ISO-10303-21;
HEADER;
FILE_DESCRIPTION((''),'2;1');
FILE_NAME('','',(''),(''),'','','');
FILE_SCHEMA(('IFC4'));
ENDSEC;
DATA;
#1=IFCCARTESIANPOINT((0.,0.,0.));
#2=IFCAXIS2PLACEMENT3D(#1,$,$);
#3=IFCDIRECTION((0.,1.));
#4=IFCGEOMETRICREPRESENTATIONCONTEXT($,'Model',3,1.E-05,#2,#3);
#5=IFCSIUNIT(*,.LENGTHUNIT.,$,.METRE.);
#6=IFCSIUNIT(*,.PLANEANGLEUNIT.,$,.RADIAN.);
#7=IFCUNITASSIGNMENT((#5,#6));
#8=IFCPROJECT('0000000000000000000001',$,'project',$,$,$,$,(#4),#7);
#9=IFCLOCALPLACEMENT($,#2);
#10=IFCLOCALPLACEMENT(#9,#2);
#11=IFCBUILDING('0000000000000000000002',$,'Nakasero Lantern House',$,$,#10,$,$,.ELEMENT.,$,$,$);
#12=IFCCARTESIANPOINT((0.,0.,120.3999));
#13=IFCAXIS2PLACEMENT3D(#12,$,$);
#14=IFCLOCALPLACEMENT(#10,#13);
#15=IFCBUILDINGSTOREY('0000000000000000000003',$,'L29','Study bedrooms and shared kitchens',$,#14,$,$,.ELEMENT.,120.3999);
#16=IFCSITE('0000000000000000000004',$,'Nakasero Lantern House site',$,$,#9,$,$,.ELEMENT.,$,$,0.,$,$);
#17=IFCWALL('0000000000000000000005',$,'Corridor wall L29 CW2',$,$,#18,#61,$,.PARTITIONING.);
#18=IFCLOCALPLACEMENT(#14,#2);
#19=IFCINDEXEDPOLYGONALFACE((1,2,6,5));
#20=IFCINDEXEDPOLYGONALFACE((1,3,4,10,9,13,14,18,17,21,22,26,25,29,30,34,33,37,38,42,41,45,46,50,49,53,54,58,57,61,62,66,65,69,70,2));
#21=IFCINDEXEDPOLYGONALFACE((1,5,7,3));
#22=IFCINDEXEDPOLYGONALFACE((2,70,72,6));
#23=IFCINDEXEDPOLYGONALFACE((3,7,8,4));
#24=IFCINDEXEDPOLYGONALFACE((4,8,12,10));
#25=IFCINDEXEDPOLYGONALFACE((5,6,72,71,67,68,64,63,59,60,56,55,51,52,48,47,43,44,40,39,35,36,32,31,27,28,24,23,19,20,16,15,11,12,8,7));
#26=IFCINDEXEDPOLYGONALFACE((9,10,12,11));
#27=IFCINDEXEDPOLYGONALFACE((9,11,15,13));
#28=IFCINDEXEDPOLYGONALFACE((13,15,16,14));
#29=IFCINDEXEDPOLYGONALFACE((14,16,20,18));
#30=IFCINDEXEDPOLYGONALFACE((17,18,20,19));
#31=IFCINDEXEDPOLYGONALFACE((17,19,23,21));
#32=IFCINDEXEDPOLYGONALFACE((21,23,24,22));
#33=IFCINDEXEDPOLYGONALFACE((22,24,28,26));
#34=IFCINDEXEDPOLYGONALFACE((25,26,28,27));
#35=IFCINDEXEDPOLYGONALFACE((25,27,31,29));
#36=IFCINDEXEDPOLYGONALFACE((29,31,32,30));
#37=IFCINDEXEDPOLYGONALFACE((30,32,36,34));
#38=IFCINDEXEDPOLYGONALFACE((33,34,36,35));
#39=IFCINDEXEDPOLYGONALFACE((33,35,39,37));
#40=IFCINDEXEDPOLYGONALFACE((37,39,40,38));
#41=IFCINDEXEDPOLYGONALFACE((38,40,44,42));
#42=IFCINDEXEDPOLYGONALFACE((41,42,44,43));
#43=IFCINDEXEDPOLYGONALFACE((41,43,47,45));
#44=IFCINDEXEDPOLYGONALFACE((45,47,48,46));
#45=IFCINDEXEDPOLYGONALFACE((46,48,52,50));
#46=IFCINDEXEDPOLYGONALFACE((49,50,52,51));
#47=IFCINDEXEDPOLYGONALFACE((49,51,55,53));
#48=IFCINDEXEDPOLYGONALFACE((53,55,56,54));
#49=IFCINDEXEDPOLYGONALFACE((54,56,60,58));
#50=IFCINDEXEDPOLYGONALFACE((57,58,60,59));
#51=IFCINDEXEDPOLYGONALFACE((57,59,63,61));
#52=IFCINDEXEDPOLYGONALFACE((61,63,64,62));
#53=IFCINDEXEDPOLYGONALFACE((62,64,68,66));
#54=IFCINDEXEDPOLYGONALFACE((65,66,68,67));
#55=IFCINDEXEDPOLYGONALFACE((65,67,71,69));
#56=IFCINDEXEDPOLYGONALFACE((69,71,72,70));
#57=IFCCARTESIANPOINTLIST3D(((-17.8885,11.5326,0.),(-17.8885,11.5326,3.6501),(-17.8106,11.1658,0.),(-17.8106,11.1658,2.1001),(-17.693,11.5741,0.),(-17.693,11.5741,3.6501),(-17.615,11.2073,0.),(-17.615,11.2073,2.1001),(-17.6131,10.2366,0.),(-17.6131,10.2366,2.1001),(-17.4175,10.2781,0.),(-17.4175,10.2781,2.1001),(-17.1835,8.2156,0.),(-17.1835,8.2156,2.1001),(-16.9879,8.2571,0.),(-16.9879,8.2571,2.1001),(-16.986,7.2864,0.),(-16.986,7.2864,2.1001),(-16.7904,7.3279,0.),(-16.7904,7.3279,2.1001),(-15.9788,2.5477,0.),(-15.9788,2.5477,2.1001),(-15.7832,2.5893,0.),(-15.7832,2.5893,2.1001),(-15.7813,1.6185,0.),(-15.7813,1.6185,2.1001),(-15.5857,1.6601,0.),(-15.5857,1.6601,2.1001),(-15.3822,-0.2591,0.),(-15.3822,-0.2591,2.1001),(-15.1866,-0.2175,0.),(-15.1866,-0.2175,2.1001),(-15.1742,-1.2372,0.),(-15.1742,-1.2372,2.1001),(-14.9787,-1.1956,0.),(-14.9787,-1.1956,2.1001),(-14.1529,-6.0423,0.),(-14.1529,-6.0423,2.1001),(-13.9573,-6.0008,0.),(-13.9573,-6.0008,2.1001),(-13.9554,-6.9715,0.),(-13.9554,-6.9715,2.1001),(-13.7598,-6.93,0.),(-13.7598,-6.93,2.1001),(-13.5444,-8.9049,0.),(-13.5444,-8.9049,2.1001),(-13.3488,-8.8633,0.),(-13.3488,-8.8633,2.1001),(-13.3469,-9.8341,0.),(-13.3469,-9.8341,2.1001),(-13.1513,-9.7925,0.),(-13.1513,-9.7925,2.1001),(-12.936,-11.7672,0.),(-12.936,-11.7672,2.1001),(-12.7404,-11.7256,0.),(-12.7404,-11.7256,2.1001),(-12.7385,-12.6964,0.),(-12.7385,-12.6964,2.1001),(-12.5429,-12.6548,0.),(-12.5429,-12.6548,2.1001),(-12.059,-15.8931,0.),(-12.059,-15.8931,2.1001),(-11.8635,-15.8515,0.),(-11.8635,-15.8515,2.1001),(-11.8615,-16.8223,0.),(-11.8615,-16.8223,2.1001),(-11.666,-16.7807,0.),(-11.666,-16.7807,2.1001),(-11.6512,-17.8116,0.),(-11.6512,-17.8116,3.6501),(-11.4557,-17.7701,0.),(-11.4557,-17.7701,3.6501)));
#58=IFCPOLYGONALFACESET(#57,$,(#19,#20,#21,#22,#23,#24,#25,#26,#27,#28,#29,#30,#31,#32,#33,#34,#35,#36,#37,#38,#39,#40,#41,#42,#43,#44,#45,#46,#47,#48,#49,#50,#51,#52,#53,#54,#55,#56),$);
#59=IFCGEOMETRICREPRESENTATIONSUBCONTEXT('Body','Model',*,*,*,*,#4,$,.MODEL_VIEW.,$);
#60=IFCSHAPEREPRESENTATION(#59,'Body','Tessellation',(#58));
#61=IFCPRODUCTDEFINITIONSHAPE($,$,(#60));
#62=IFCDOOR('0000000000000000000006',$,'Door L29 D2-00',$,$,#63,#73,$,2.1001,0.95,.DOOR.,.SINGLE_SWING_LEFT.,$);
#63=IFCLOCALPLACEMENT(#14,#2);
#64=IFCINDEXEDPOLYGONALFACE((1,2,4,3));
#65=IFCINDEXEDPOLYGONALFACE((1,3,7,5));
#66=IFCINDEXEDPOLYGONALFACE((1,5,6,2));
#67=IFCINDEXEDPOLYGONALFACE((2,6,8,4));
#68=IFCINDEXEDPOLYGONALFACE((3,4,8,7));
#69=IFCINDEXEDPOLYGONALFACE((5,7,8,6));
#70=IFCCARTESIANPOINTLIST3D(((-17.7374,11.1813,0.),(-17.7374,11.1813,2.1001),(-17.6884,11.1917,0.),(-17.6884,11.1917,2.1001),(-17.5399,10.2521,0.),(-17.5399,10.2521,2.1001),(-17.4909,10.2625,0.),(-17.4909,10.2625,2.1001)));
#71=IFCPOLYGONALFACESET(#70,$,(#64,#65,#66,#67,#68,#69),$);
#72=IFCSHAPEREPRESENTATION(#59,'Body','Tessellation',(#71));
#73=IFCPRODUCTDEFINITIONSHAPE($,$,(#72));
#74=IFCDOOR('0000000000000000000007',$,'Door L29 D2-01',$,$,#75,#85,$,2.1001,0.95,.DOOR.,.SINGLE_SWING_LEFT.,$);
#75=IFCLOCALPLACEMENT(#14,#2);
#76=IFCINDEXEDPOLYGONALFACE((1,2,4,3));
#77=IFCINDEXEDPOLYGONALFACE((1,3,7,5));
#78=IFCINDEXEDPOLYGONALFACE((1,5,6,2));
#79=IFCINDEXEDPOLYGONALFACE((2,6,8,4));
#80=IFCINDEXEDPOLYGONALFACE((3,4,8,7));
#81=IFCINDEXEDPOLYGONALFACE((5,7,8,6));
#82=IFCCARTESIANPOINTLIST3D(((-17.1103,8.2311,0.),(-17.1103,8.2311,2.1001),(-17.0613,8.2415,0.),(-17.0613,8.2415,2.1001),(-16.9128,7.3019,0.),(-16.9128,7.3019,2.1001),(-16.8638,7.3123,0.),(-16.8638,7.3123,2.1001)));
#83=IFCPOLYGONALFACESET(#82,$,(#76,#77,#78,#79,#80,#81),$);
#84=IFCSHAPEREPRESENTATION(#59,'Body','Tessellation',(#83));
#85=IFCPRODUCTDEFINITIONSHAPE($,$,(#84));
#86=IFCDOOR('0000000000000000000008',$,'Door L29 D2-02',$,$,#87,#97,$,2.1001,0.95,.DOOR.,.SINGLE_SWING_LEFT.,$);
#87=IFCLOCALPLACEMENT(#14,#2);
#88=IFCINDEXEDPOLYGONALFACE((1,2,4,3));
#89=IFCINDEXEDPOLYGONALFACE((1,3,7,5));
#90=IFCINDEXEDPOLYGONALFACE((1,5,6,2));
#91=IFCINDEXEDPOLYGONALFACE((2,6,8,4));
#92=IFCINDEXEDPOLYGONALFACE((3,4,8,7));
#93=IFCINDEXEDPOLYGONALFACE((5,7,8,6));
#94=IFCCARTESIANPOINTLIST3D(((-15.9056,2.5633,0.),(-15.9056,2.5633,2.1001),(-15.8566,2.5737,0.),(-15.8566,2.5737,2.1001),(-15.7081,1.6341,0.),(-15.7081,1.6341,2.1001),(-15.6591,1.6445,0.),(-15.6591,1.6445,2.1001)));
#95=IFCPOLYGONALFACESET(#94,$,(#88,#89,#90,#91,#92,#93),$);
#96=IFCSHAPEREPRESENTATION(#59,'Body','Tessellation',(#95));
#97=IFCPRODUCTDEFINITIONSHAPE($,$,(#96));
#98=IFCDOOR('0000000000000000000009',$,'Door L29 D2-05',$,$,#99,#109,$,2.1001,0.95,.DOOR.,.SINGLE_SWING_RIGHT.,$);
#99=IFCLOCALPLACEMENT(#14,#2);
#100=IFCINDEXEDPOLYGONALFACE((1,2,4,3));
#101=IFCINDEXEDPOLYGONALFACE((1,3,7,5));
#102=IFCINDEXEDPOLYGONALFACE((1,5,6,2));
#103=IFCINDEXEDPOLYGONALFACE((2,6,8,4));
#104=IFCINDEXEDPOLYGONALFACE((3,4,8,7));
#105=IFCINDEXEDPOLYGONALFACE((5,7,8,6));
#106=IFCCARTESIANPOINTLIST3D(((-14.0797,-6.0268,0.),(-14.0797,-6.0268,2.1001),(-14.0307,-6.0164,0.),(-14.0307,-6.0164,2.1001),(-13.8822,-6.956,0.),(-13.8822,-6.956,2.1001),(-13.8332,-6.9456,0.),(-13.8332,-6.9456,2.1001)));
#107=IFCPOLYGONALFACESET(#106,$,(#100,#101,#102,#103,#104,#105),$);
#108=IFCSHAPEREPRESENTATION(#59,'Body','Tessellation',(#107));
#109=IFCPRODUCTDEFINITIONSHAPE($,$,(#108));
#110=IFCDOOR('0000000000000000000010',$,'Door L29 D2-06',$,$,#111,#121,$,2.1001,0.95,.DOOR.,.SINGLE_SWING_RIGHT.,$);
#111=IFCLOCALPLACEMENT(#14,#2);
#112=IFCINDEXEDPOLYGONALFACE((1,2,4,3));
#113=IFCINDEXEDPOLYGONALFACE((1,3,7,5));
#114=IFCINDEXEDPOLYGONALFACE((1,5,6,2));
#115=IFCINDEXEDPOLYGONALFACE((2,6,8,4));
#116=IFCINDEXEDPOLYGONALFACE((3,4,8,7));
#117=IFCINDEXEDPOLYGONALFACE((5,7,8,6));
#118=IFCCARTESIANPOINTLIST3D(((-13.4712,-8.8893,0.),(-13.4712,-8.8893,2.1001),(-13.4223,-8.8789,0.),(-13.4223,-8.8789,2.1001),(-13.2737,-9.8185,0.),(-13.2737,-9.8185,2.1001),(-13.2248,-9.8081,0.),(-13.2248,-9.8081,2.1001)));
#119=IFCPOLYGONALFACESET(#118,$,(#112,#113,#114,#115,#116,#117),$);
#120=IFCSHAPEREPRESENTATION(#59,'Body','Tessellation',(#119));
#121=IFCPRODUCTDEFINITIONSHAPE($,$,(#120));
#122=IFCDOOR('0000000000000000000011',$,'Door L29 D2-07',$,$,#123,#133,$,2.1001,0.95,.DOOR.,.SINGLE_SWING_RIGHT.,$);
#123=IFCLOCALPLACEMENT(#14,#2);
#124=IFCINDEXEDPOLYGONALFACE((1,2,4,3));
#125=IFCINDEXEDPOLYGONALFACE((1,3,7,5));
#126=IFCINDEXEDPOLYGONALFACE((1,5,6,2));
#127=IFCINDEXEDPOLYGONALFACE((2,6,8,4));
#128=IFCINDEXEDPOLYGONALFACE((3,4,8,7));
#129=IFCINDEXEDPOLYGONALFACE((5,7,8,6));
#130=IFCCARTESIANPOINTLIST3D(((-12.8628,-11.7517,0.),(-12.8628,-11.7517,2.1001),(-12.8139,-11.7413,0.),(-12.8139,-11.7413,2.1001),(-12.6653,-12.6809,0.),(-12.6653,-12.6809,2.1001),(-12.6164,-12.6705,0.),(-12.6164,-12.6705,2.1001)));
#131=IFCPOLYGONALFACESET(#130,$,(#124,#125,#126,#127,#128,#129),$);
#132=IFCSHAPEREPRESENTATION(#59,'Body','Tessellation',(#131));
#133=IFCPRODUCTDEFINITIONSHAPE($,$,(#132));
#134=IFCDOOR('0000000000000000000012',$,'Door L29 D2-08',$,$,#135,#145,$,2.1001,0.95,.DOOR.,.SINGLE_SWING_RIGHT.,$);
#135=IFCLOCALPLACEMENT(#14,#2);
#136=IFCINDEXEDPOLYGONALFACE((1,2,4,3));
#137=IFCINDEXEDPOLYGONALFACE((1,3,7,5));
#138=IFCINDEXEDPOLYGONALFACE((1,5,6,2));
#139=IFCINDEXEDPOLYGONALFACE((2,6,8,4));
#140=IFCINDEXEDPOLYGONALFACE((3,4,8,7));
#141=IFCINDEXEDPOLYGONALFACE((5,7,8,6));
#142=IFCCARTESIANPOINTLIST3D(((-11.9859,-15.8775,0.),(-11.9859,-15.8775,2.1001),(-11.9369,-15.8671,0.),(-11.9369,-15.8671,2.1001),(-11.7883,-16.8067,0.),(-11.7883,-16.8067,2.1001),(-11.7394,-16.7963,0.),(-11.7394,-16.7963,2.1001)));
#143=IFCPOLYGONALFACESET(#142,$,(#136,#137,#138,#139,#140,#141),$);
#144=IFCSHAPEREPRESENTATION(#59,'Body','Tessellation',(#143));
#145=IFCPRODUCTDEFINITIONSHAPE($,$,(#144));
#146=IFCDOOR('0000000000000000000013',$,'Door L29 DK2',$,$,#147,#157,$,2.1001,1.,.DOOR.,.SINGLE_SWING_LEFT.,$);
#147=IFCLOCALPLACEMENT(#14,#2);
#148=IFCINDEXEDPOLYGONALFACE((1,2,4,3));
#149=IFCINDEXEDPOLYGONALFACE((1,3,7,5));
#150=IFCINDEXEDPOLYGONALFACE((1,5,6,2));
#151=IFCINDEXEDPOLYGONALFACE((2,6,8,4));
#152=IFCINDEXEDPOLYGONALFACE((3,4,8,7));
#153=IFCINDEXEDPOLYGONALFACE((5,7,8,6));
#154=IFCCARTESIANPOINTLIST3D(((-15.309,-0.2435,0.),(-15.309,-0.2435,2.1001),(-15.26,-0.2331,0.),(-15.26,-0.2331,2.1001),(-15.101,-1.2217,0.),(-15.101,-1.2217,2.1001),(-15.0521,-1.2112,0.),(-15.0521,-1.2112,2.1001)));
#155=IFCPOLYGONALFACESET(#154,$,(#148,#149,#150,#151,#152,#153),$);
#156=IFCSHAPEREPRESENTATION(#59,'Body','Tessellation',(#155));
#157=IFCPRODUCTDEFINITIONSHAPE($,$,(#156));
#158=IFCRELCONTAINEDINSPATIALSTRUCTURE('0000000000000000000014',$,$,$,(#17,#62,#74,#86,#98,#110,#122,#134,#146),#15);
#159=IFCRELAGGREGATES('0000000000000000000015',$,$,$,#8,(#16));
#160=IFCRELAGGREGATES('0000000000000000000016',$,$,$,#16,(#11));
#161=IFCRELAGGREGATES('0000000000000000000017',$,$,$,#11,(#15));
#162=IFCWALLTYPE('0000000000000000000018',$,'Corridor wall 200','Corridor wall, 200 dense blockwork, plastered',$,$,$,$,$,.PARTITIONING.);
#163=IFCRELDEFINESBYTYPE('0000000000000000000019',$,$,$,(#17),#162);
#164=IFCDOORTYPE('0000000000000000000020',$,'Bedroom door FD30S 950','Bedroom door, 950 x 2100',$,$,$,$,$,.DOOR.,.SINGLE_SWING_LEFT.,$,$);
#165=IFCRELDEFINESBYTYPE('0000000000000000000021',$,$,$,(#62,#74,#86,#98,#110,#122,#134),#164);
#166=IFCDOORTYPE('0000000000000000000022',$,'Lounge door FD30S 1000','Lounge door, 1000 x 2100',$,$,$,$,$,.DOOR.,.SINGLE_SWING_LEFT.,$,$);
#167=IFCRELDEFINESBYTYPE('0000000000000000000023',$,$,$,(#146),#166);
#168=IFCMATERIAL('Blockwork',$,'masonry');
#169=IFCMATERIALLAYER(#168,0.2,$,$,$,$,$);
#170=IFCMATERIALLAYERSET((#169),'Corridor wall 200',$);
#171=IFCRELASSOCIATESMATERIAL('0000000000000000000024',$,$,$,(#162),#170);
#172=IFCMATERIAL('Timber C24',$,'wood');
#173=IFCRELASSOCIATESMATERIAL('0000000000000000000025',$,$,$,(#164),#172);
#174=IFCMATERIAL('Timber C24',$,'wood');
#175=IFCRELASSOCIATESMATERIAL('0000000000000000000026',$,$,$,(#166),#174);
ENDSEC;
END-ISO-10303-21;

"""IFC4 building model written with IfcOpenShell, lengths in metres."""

from ifc_helpers import new_model, si_unit, direction, frame, frame_2d, origin, place, context, subcontext, project, spatial, rectangle, extrude, material, layer, layer_set, type_object, element, fill, save


model = new_model("IFC4")

# Units and contexts
model_context = context("Model", 3, precision=1e-05, world=origin(), true_north=direction((0.0, 1.0)))
body_context = subcontext(model_context, "Body", "Model", "MODEL_VIEW")
ifc_project = project(units=[si_unit("LENGTHUNIT", "METRE"), si_unit("PLANEANGLEUNIT", "RADIAN")], contexts=[model_context])

# Site, building, storey
site_placement = place(None, origin())
site = spatial("IfcSite", under=ifc_project, at=site_placement, Name="Nakasero Lantern House site", CompositionType="ELEMENT", RefElevation=0.0)
building_placement = place(site_placement, origin())
building = spatial("IfcBuilding", under=site, at=building_placement, Name="Nakasero Lantern House", CompositionType="ELEMENT")
storey_placement = place(building_placement, frame((0.0, 0.0, 120.3999)))
storey = spatial("IfcBuildingStorey", under=building, at=storey_placement, Name="L29", Description="Study bedrooms and shared kitchens", CompositionType="ELEMENT", Elevation=120.3999)

# Wall, openings, doors
ifc_material_1 = material(Name="Blockwork", Category="masonry")
ifc_layer_1 = layer(ifc_material_1, 0.2)
ifc_layer_set_1 = layer_set([ifc_layer_1], Name="Corridor wall 200")
wall_type_1 = type_object("IfcWallType", Name="Corridor wall 200", Description="Corridor wall, 200 dense blockwork, plastered", PredefinedType="PARTITIONING", material=ifc_layer_set_1)
wall_1_placement = place(storey_placement, frame((-17.7908, 11.5535, 0.0), z_axis=(0.0, 0.0, 1.0), x_axis=(0.207912, -0.978148, 0.0)))
wall_1 = element("IfcWall", 1, at=wall_1_placement, inside=storey, type_object=wall_type_1, Name="Corridor wall L29 CW2", PredefinedType="PARTITIONING", context=body_context, shape_type="SweptSolid", body=[
    extrude(rectangle(XDim=29.9998, YDim=0.2, at=frame_2d((15.0, 0.0))), origin(), (0.0, 0.0, 1.0), 3.6501),
])
opening_1_placement = place(wall_1_placement, frame((0.375, 0.0, 0.0)))
opening_1 = element("IfcOpeningElement", 2, at=opening_1_placement, cuts=wall_1, PredefinedType="OPENING", context=body_context, shape_type="SweptSolid", body=[
    extrude(rectangle(XDim=0.95, YDim=2.1001, at=frame_2d((0.4751, 1.05))), frame((0.0, 0.1199, 0.0), z_axis=(0.0, -1.0, 0.0), x_axis=(1.0, 0.0, 0.0)), (0.0, 0.0, 1.0), 0.24),
])
opening_2_placement = place(wall_1_placement, frame((3.3911, 0.0, 0.0)))
opening_2 = element("IfcOpeningElement", 3, at=opening_2_placement, cuts=wall_1, PredefinedType="OPENING", context=body_context, shape_type="SweptSolid", body=[
    extrude(rectangle(XDim=0.95, YDim=2.1001, at=frame_2d((0.4751, 1.05))), frame((0.0, 0.1199, 0.0), z_axis=(0.0, -1.0, 0.0), x_axis=(1.0, 0.0, 0.0)), (0.0, 0.0, 1.0), 0.24),
])
opening_3_placement = place(wall_1_placement, frame((9.1855, 0.0, 0.0)))
opening_3 = element("IfcOpeningElement", 4, at=opening_3_placement, cuts=wall_1, PredefinedType="OPENING", context=body_context, shape_type="SweptSolid", body=[
    extrude(rectangle(XDim=0.95, YDim=2.1001, at=frame_2d((0.4751, 1.05))), frame((0.0, 0.1199, 0.0), z_axis=(0.0, -1.0, 0.0), x_axis=(1.0, 0.0, 0.0)), (0.0, 0.0, 1.0), 0.24),
])
opening_4_placement = place(wall_1_placement, frame((17.9675, 0.0, 0.0)))
opening_4 = element("IfcOpeningElement", 5, at=opening_4_placement, cuts=wall_1, PredefinedType="OPENING", context=body_context, shape_type="SweptSolid", body=[
    extrude(rectangle(XDim=0.95, YDim=2.1001, at=frame_2d((0.4751, 1.05))), frame((0.0, 0.1199, 0.0), z_axis=(0.0, -1.0, 0.0), x_axis=(1.0, 0.0, 0.0)), (0.0, 0.0, 1.0), 0.24),
])
opening_5_placement = place(wall_1_placement, frame((20.894, 0.0, 0.0)))
opening_5 = element("IfcOpeningElement", 6, at=opening_5_placement, cuts=wall_1, PredefinedType="OPENING", context=body_context, shape_type="SweptSolid", body=[
    extrude(rectangle(XDim=0.95, YDim=2.1001, at=frame_2d((0.4751, 1.05))), frame((0.0, 0.1199, 0.0), z_axis=(0.0, -1.0, 0.0), x_axis=(1.0, 0.0, 0.0)), (0.0, 0.0, 1.0), 0.24),
])
opening_6_placement = place(wall_1_placement, frame((23.8203, 0.0, 0.0)))
opening_6 = element("IfcOpeningElement", 7, at=opening_6_placement, cuts=wall_1, PredefinedType="OPENING", context=body_context, shape_type="SweptSolid", body=[
    extrude(rectangle(XDim=0.95, YDim=2.1001, at=frame_2d((0.4751, 1.05))), frame((0.0, 0.1199, 0.0), z_axis=(0.0, -1.0, 0.0), x_axis=(1.0, 0.0, 0.0)), (0.0, 0.0, 1.0), 0.24),
])
opening_7_placement = place(wall_1_placement, frame((28.0383, 0.0, 0.0)))
opening_7 = element("IfcOpeningElement", 8, at=opening_7_placement, cuts=wall_1, PredefinedType="OPENING", context=body_context, shape_type="SweptSolid", body=[
    extrude(rectangle(XDim=0.95, YDim=2.1001, at=frame_2d((0.4751, 1.05))), frame((0.0, 0.1199, 0.0), z_axis=(0.0, -1.0, 0.0), x_axis=(1.0, 0.0, 0.0)), (0.0, 0.0, 1.0), 0.24),
])
opening_8_placement = place(wall_1_placement, frame((12.0552, 0.0, 0.0)))
opening_8 = element("IfcOpeningElement", 9, at=opening_8_placement, cuts=wall_1, PredefinedType="OPENING", context=body_context, shape_type="SweptSolid", body=[
    extrude(rectangle(XDim=1.0, YDim=2.1001, at=frame_2d((0.5, 1.05))), frame((0.0, 0.1199, 0.0), z_axis=(0.0, -1.0, 0.0), x_axis=(1.0, 0.0, 0.0)), (0.0, 0.0, 1.0), 0.24),
])
ifc_material_2 = material(Name="Timber C24", Category="wood")
door_type_1 = type_object("IfcDoorType", Name="Bedroom door FD30S 950", Description="Bedroom door, 950 x 2100", OperationType="SINGLE_SWING_LEFT", PredefinedType="DOOR", material=ifc_material_2)
door_1_placement = place(opening_1_placement, origin())
door_1 = element("IfcDoor", 10, at=door_1_placement, inside=storey, type_object=door_type_1, Name="Door L29 D2-00", OperationType="SINGLE_SWING_LEFT", OverallHeight=2.1001, OverallWidth=0.95, PredefinedType="DOOR", context=body_context, shape_type="SweptSolid", body=[
    extrude(rectangle(XDim=0.95, YDim=2.1001, at=frame_2d((0.4751, 1.05))), frame((0.0, 0.0249, 0.0), z_axis=(0.0, -1.0, 0.0), x_axis=(1.0, 0.0, 0.0)), (0.0, 0.0, 1.0), 0.05),
])
fill(opening_1, door_1)
door_2_placement = place(opening_2_placement, origin())
door_2 = element("IfcDoor", 11, at=door_2_placement, inside=storey, type_object=door_type_1, Name="Door L29 D2-01", OperationType="SINGLE_SWING_LEFT", OverallHeight=2.1001, OverallWidth=0.95, PredefinedType="DOOR", context=body_context, shape_type="SweptSolid", body=[
    extrude(rectangle(XDim=0.95, YDim=2.1001, at=frame_2d((0.4751, 1.05))), frame((0.0, 0.0249, 0.0), z_axis=(0.0, -1.0, 0.0), x_axis=(1.0, 0.0, 0.0)), (0.0, 0.0, 1.0), 0.05),
])
fill(opening_2, door_2)
door_3_placement = place(opening_3_placement, origin())
door_3 = element("IfcDoor", 12, at=door_3_placement, inside=storey, type_object=door_type_1, Name="Door L29 D2-02", OperationType="SINGLE_SWING_LEFT", OverallHeight=2.1001, OverallWidth=0.95, PredefinedType="DOOR", context=body_context, shape_type="SweptSolid", body=[
    extrude(rectangle(XDim=0.95, YDim=2.1001, at=frame_2d((0.4751, 1.05))), frame((0.0, 0.0249, 0.0), z_axis=(0.0, -1.0, 0.0), x_axis=(1.0, 0.0, 0.0)), (0.0, 0.0, 1.0), 0.05),
])
fill(opening_3, door_3)
door_4_placement = place(opening_4_placement, origin())
door_4 = element("IfcDoor", 13, at=door_4_placement, inside=storey, type_object=door_type_1, Name="Door L29 D2-05", OperationType="SINGLE_SWING_RIGHT", OverallHeight=2.1001, OverallWidth=0.95, PredefinedType="DOOR", context=body_context, shape_type="SweptSolid", body=[
    extrude(rectangle(XDim=0.95, YDim=2.1001, at=frame_2d((0.4751, 1.05))), frame((0.0, 0.0249, 0.0), z_axis=(0.0, -1.0, 0.0), x_axis=(1.0, 0.0, 0.0)), (0.0, 0.0, 1.0), 0.05),
])
fill(opening_4, door_4)
door_5_placement = place(opening_5_placement, origin())
door_5 = element("IfcDoor", 14, at=door_5_placement, inside=storey, type_object=door_type_1, Name="Door L29 D2-06", OperationType="SINGLE_SWING_RIGHT", OverallHeight=2.1001, OverallWidth=0.95, PredefinedType="DOOR", context=body_context, shape_type="SweptSolid", body=[
    extrude(rectangle(XDim=0.95, YDim=2.1001, at=frame_2d((0.4751, 1.05))), frame((0.0, 0.0249, 0.0), z_axis=(0.0, -1.0, 0.0), x_axis=(1.0, 0.0, 0.0)), (0.0, 0.0, 1.0), 0.05),
])
fill(opening_5, door_5)
door_6_placement = place(opening_6_placement, origin())
door_6 = element("IfcDoor", 15, at=door_6_placement, inside=storey, type_object=door_type_1, Name="Door L29 D2-07", OperationType="SINGLE_SWING_RIGHT", OverallHeight=2.1001, OverallWidth=0.95, PredefinedType="DOOR", context=body_context, shape_type="SweptSolid", body=[
    extrude(rectangle(XDim=0.95, YDim=2.1001, at=frame_2d((0.4751, 1.05))), frame((0.0, 0.0249, 0.0), z_axis=(0.0, -1.0, 0.0), x_axis=(1.0, 0.0, 0.0)), (0.0, 0.0, 1.0), 0.05),
])
fill(opening_6, door_6)
door_7_placement = place(opening_7_placement, origin())
door_7 = element("IfcDoor", 16, at=door_7_placement, inside=storey, type_object=door_type_1, Name="Door L29 D2-08", OperationType="SINGLE_SWING_RIGHT", OverallHeight=2.1001, OverallWidth=0.95, PredefinedType="DOOR", context=body_context, shape_type="SweptSolid", body=[
    extrude(rectangle(XDim=0.95, YDim=2.1001, at=frame_2d((0.4751, 1.05))), frame((0.0, 0.0249, 0.0), z_axis=(0.0, -1.0, 0.0), x_axis=(1.0, 0.0, 0.0)), (0.0, 0.0, 1.0), 0.05),
])
fill(opening_7, door_7)
ifc_material_3 = material(Name="Timber C24", Category="wood")
door_type_2 = type_object("IfcDoorType", Name="Lounge door FD30S 1000", Description="Lounge door, 1000 x 2100", OperationType="SINGLE_SWING_LEFT", PredefinedType="DOOR", material=ifc_material_3)
door_8_placement = place(opening_8_placement, origin())
door_8 = element("IfcDoor", 17, at=door_8_placement, inside=storey, type_object=door_type_2, Name="Door L29 DK2", OperationType="SINGLE_SWING_LEFT", OverallHeight=2.1001, OverallWidth=1.0, PredefinedType="DOOR", context=body_context, shape_type="SweptSolid", body=[
    extrude(rectangle(XDim=1.0, YDim=2.1001, at=frame_2d((0.5, 1.05))), frame((0.0, 0.0249, 0.0), z_axis=(0.0, -1.0, 0.0), x_axis=(1.0, 0.0, 0.0)), (0.0, 0.0, 1.0), 0.05),
])
fill(opening_8, door_8)

save(model, "model.ifc")
